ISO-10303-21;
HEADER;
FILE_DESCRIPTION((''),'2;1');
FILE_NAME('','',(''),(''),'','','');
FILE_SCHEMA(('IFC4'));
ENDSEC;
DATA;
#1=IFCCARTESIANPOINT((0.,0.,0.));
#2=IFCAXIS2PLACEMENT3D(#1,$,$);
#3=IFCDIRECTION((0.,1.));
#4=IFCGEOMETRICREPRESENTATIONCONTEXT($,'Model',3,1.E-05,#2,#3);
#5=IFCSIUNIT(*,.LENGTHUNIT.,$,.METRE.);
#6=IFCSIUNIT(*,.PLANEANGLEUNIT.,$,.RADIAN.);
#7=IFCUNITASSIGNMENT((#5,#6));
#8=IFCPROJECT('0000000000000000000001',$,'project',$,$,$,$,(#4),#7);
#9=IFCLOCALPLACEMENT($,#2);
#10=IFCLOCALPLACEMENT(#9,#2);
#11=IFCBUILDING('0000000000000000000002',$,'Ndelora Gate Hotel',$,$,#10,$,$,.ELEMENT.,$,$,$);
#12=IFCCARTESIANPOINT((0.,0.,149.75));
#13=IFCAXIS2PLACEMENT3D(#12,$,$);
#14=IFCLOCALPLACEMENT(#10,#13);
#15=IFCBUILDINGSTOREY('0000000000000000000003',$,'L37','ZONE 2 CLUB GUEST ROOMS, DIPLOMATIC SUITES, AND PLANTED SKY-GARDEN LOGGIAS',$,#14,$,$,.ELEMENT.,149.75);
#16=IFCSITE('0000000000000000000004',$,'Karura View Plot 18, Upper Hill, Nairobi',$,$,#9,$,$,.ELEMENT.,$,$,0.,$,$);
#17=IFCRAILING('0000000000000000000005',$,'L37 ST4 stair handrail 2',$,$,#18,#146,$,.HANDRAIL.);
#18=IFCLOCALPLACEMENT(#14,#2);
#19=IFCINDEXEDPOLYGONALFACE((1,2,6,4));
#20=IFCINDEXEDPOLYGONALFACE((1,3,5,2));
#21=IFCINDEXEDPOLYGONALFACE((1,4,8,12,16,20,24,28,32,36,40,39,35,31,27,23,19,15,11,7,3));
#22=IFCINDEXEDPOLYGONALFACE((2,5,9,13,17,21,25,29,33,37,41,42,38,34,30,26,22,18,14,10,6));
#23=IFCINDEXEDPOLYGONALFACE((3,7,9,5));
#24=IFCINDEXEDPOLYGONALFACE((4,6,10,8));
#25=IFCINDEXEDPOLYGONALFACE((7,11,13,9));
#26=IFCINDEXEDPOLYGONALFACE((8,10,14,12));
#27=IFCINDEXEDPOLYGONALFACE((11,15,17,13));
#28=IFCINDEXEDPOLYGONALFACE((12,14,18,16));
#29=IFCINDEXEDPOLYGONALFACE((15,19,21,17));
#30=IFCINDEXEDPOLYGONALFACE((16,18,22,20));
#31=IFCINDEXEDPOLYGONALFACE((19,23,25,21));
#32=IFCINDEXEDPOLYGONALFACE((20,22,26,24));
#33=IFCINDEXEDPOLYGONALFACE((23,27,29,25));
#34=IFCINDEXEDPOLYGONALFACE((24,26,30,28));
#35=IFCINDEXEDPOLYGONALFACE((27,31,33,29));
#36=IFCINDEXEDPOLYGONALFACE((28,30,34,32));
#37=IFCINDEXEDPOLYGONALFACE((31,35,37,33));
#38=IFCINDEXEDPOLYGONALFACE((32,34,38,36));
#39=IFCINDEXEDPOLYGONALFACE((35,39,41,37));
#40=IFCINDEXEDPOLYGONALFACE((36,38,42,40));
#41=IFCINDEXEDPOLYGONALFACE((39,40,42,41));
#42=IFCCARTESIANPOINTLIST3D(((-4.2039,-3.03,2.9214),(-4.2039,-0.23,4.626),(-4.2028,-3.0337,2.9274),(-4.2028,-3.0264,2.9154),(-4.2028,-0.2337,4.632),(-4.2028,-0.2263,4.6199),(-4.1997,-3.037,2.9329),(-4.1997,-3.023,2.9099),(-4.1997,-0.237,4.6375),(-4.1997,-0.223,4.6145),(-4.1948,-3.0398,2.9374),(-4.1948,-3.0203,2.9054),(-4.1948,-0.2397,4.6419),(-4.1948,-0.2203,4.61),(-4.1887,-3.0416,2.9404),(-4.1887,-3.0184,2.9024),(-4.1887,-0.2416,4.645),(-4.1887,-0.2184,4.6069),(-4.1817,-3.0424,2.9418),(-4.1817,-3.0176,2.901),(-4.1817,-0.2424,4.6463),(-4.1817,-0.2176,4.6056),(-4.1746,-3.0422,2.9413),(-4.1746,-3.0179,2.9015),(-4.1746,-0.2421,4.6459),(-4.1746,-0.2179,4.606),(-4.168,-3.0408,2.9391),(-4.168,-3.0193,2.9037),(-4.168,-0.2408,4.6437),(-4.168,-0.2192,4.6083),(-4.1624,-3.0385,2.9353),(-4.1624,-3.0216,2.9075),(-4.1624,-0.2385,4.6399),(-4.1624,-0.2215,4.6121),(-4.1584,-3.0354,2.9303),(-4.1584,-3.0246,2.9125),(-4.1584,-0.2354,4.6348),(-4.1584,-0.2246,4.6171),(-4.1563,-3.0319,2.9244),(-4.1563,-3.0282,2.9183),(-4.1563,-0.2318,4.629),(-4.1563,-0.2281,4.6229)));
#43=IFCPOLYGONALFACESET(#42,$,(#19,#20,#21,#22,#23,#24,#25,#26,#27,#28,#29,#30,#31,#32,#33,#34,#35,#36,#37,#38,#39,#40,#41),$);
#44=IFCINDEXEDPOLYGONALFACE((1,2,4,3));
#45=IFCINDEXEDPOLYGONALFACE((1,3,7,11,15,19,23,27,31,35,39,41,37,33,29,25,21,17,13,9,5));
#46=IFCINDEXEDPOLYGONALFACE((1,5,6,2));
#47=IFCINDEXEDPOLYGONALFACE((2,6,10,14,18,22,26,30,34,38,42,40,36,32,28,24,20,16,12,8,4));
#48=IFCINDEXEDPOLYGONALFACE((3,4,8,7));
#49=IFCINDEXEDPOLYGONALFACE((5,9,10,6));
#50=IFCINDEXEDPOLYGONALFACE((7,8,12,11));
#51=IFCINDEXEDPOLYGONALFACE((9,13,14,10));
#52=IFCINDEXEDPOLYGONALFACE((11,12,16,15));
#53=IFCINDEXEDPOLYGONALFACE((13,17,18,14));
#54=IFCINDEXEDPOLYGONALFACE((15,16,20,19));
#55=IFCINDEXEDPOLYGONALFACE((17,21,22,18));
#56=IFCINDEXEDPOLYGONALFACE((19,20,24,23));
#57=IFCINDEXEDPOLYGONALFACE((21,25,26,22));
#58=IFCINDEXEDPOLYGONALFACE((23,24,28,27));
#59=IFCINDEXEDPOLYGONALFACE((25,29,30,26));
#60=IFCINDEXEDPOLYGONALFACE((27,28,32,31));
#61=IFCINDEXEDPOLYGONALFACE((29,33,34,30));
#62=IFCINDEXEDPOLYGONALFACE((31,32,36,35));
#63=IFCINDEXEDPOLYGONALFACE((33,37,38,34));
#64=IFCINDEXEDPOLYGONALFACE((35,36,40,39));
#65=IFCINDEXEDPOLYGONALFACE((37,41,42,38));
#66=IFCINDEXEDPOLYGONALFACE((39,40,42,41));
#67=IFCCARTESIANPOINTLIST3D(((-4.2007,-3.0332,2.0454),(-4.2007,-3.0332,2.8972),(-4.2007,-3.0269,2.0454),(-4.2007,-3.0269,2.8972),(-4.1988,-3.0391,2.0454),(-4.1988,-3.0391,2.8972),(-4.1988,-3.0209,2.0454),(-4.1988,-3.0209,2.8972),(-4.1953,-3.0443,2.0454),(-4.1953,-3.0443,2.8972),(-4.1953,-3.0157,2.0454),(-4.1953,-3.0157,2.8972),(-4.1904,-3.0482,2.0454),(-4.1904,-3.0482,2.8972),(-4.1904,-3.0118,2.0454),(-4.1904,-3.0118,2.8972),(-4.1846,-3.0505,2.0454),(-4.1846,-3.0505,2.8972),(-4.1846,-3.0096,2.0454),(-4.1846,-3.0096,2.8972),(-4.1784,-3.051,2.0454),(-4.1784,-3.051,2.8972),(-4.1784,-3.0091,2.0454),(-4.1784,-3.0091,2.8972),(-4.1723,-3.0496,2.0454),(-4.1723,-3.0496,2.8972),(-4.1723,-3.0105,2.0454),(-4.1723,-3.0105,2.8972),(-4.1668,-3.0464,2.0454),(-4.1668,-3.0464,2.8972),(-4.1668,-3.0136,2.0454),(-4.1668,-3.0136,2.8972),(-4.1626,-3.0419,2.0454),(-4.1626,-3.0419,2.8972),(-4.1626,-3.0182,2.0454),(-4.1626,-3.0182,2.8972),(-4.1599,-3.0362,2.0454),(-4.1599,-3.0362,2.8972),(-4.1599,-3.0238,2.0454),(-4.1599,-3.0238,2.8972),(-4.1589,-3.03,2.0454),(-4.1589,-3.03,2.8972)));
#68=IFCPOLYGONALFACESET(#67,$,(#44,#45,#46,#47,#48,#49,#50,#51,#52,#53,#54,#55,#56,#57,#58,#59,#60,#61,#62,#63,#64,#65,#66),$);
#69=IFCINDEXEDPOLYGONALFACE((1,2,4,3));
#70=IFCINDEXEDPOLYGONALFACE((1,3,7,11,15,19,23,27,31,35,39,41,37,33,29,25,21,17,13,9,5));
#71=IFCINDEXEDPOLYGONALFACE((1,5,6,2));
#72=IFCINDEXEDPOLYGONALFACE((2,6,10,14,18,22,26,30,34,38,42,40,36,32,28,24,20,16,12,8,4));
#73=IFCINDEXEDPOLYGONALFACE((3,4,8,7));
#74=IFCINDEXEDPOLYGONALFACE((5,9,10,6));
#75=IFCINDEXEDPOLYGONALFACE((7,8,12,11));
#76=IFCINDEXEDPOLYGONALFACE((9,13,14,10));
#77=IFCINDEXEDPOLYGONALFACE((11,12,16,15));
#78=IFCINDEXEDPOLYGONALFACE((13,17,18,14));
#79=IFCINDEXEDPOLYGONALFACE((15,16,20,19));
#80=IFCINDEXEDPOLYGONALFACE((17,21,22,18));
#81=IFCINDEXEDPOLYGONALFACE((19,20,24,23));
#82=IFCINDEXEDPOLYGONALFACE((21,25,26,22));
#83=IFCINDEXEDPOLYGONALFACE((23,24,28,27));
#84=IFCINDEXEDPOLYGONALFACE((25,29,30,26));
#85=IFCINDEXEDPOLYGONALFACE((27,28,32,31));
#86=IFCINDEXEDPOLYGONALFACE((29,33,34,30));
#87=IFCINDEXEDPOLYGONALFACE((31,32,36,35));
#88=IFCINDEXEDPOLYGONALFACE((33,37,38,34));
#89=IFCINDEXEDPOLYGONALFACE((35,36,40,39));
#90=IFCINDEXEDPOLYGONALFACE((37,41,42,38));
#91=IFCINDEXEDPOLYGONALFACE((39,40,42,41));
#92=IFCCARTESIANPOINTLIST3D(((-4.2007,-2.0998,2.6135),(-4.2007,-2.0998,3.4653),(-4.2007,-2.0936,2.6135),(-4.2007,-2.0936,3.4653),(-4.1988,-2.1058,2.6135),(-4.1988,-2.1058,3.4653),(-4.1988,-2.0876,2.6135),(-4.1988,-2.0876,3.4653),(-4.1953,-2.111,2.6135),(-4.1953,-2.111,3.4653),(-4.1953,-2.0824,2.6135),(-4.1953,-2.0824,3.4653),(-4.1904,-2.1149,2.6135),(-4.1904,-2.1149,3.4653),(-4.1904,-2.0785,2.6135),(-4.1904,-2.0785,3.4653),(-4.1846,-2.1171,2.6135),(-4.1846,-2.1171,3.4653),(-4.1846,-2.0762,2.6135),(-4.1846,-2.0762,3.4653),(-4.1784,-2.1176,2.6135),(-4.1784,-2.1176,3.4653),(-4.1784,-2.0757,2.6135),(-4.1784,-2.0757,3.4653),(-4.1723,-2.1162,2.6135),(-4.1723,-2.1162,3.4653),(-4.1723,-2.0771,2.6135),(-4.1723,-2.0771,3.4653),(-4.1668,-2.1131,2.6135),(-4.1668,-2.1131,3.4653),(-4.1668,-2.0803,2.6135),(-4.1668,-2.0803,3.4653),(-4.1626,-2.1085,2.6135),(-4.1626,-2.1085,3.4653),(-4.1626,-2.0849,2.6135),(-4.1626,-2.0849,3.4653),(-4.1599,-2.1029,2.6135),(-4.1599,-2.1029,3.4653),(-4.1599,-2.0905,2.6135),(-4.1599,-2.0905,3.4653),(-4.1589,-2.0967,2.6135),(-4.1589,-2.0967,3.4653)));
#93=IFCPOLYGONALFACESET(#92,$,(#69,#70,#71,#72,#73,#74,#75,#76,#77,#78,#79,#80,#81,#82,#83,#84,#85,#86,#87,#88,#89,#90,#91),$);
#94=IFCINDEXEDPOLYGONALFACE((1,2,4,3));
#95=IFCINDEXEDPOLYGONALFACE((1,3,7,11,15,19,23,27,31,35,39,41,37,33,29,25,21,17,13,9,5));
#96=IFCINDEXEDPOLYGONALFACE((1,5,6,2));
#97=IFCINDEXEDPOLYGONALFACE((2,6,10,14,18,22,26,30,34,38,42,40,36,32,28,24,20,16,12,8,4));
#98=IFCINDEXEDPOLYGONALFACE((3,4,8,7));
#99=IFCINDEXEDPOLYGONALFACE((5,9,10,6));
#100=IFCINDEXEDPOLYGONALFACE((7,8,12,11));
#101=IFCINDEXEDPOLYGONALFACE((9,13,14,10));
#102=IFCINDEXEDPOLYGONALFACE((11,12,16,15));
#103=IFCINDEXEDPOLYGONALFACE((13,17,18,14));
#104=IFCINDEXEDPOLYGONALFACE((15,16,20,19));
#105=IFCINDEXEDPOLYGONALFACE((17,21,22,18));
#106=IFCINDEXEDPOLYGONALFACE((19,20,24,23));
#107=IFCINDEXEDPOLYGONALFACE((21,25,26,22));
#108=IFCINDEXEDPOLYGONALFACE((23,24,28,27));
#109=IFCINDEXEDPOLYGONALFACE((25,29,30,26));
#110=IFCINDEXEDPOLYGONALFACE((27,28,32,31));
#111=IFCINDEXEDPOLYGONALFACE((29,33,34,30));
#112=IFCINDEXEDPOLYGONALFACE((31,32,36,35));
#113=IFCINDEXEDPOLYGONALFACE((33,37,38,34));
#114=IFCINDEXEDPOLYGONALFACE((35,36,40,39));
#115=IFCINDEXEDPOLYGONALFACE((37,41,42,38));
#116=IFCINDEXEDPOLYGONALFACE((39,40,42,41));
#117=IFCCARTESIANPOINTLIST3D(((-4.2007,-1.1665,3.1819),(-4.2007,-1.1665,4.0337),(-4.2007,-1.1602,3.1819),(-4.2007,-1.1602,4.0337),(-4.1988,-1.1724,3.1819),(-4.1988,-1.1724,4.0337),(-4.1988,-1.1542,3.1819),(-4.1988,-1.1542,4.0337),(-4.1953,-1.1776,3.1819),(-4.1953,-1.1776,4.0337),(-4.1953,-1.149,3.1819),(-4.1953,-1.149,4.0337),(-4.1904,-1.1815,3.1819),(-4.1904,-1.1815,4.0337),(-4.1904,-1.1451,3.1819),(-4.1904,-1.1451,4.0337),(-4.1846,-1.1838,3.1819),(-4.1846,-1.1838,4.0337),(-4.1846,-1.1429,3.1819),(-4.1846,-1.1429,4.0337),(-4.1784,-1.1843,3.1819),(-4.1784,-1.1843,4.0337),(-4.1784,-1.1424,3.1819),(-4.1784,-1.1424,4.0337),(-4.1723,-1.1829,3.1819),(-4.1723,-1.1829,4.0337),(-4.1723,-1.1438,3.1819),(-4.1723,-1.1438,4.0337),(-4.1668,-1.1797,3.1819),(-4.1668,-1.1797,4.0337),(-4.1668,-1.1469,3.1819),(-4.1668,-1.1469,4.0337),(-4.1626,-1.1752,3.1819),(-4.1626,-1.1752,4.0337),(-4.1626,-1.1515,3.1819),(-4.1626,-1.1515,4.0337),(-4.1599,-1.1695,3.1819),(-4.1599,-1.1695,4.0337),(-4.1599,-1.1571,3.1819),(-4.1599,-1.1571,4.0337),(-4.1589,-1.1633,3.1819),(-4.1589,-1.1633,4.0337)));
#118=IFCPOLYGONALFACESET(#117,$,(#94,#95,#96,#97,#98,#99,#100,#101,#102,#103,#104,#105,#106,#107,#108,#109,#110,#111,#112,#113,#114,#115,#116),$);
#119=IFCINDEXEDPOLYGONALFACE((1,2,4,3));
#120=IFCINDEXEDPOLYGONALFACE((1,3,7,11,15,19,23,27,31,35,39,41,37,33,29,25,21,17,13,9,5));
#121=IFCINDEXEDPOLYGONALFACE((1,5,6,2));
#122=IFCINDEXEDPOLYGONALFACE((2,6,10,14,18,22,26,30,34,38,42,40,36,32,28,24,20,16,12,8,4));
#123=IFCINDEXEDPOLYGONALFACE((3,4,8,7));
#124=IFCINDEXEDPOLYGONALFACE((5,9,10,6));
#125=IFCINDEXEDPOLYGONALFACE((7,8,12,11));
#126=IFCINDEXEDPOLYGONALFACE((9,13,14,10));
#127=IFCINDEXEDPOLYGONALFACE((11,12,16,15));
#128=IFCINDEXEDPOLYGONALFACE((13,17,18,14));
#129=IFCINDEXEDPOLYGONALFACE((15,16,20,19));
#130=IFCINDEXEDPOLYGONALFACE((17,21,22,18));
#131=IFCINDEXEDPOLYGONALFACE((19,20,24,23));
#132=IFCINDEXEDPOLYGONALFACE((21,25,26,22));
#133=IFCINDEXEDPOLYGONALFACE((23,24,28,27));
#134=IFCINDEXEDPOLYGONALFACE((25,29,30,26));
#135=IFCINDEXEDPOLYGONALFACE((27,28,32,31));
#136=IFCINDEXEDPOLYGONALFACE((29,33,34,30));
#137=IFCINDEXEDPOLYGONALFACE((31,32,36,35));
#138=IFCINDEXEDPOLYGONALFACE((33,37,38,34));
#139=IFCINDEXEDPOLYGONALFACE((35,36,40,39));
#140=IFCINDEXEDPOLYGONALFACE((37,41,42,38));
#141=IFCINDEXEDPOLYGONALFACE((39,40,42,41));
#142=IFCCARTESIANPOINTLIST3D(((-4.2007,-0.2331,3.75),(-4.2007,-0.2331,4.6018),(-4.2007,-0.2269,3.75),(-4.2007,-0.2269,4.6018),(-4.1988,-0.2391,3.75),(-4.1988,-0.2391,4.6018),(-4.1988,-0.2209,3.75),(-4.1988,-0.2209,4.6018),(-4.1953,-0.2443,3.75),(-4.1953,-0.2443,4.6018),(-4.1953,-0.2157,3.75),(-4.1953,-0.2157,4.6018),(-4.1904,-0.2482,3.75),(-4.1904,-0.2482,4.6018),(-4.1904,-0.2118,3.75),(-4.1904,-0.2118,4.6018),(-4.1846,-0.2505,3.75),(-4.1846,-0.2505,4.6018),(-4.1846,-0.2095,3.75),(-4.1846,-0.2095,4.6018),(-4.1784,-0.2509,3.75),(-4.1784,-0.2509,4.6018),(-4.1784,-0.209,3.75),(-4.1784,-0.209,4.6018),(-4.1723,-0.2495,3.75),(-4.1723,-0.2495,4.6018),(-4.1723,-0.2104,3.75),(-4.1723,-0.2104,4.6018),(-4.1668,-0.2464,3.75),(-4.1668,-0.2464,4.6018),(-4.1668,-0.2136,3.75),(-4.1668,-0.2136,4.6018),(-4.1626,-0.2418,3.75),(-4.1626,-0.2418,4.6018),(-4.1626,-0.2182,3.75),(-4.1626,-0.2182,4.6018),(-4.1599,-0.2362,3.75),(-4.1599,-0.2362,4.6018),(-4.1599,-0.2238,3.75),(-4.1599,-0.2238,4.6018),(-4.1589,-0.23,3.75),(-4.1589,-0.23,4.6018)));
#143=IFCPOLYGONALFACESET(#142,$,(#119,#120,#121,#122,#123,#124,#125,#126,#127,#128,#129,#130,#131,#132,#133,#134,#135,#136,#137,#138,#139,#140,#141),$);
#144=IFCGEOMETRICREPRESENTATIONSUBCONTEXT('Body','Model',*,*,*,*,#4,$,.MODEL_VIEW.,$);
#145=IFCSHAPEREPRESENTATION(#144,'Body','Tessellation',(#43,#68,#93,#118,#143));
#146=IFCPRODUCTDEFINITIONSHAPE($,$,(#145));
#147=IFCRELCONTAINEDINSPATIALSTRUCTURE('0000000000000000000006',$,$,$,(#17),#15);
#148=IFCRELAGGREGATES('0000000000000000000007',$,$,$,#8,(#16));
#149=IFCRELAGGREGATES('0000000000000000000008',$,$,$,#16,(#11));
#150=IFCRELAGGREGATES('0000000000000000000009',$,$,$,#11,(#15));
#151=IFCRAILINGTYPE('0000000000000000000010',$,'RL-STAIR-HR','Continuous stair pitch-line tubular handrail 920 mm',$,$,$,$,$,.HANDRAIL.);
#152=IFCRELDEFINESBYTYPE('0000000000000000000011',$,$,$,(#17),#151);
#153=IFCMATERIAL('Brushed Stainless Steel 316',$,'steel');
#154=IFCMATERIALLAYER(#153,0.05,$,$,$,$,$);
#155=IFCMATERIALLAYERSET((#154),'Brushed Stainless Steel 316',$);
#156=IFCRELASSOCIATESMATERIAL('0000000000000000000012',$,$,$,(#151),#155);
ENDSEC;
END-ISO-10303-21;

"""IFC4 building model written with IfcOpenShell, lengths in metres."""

from ifc_helpers import new_model, si_unit, direction, frame, origin, origin_2d, place, context, subcontext, project, spatial, circle, extrude, material, layer, layer_set, type_object, element, save


model = new_model("IFC4")

# Units and contexts
model_context = context("Model", 3, precision=1e-05, world=origin(), true_north=direction((0.0, 1.0)))
body_context = subcontext(model_context, "Body", "Model", "MODEL_VIEW")
ifc_project = project(units=[si_unit("LENGTHUNIT", "METRE"), si_unit("PLANEANGLEUNIT", "RADIAN")], contexts=[model_context])

# Site, building, storey
site_placement = place(None, origin())
site = spatial("IfcSite", under=ifc_project, at=site_placement, Name="Karura View Plot 18, Upper Hill, Nairobi", CompositionType="ELEMENT", RefElevation=0.0)
building_placement = place(site_placement, origin())
building = spatial("IfcBuilding", under=site, at=building_placement, Name="Ndelora Gate Hotel", CompositionType="ELEMENT")
storey_placement = place(building_placement, frame((0.0, 0.0, 149.75)))
storey = spatial("IfcBuildingStorey", under=building, at=storey_placement, Name="L37", Description="ZONE 2 CLUB GUEST ROOMS, DIPLOMATIC SUITES, AND PLANTED SKY-GARDEN LOGGIAS", CompositionType="ELEMENT", Elevation=149.75)

# Railing
ifc_material_1 = material(Name="Brushed Stainless Steel 316", Category="steel")
ifc_layer_1 = layer(ifc_material_1, 0.05)
ifc_layer_set_1 = layer_set([ifc_layer_1], Name="Brushed Stainless Steel 316")
railing_type_1 = type_object("IfcRailingType", Name="RL-STAIR-HR", Description="Continuous stair pitch-line tubular handrail 920 mm", PredefinedType="HANDRAIL", material=ifc_layer_set_1)
railing_1_placement = place(storey_placement, frame((-4.1799, -3.03, 2.0454)))
element("IfcRailing", 1, at=railing_1_placement, inside=storey, type_object=railing_type_1, Name="L37 ST4 stair handrail 2", PredefinedType="HANDRAIL", context=body_context, shape_type="SweptSolid", body=[
    extrude(circle(Radius=0.0239, at=origin_2d()), frame((0.0, 0.0, 0.876), z_axis=(0.0, 0.85417, 0.519994), x_axis=(-1.0, 0.0, 0.0)), (0.0, 0.0, 1.0), 3.2781),
    extrude(circle(Radius=0.021, at=origin_2d()), origin(), (0.0, 0.0, 1.0), 0.8518),
    extrude(circle(Radius=0.021, at=origin_2d()), frame((0.0, 0.9333, 0.5681)), (0.0, 0.0, 1.0), 0.8518),
    extrude(circle(Radius=0.021, at=origin_2d()), frame((0.0, 1.8667, 1.1365)), (0.0, 0.0, 1.0), 0.8518),
    extrude(circle(Radius=0.021, at=origin_2d()), frame((0.0, 2.8, 1.7046)), (0.0, 0.0, 1.0), 0.8518),
])

save(model, "model.ifc")
